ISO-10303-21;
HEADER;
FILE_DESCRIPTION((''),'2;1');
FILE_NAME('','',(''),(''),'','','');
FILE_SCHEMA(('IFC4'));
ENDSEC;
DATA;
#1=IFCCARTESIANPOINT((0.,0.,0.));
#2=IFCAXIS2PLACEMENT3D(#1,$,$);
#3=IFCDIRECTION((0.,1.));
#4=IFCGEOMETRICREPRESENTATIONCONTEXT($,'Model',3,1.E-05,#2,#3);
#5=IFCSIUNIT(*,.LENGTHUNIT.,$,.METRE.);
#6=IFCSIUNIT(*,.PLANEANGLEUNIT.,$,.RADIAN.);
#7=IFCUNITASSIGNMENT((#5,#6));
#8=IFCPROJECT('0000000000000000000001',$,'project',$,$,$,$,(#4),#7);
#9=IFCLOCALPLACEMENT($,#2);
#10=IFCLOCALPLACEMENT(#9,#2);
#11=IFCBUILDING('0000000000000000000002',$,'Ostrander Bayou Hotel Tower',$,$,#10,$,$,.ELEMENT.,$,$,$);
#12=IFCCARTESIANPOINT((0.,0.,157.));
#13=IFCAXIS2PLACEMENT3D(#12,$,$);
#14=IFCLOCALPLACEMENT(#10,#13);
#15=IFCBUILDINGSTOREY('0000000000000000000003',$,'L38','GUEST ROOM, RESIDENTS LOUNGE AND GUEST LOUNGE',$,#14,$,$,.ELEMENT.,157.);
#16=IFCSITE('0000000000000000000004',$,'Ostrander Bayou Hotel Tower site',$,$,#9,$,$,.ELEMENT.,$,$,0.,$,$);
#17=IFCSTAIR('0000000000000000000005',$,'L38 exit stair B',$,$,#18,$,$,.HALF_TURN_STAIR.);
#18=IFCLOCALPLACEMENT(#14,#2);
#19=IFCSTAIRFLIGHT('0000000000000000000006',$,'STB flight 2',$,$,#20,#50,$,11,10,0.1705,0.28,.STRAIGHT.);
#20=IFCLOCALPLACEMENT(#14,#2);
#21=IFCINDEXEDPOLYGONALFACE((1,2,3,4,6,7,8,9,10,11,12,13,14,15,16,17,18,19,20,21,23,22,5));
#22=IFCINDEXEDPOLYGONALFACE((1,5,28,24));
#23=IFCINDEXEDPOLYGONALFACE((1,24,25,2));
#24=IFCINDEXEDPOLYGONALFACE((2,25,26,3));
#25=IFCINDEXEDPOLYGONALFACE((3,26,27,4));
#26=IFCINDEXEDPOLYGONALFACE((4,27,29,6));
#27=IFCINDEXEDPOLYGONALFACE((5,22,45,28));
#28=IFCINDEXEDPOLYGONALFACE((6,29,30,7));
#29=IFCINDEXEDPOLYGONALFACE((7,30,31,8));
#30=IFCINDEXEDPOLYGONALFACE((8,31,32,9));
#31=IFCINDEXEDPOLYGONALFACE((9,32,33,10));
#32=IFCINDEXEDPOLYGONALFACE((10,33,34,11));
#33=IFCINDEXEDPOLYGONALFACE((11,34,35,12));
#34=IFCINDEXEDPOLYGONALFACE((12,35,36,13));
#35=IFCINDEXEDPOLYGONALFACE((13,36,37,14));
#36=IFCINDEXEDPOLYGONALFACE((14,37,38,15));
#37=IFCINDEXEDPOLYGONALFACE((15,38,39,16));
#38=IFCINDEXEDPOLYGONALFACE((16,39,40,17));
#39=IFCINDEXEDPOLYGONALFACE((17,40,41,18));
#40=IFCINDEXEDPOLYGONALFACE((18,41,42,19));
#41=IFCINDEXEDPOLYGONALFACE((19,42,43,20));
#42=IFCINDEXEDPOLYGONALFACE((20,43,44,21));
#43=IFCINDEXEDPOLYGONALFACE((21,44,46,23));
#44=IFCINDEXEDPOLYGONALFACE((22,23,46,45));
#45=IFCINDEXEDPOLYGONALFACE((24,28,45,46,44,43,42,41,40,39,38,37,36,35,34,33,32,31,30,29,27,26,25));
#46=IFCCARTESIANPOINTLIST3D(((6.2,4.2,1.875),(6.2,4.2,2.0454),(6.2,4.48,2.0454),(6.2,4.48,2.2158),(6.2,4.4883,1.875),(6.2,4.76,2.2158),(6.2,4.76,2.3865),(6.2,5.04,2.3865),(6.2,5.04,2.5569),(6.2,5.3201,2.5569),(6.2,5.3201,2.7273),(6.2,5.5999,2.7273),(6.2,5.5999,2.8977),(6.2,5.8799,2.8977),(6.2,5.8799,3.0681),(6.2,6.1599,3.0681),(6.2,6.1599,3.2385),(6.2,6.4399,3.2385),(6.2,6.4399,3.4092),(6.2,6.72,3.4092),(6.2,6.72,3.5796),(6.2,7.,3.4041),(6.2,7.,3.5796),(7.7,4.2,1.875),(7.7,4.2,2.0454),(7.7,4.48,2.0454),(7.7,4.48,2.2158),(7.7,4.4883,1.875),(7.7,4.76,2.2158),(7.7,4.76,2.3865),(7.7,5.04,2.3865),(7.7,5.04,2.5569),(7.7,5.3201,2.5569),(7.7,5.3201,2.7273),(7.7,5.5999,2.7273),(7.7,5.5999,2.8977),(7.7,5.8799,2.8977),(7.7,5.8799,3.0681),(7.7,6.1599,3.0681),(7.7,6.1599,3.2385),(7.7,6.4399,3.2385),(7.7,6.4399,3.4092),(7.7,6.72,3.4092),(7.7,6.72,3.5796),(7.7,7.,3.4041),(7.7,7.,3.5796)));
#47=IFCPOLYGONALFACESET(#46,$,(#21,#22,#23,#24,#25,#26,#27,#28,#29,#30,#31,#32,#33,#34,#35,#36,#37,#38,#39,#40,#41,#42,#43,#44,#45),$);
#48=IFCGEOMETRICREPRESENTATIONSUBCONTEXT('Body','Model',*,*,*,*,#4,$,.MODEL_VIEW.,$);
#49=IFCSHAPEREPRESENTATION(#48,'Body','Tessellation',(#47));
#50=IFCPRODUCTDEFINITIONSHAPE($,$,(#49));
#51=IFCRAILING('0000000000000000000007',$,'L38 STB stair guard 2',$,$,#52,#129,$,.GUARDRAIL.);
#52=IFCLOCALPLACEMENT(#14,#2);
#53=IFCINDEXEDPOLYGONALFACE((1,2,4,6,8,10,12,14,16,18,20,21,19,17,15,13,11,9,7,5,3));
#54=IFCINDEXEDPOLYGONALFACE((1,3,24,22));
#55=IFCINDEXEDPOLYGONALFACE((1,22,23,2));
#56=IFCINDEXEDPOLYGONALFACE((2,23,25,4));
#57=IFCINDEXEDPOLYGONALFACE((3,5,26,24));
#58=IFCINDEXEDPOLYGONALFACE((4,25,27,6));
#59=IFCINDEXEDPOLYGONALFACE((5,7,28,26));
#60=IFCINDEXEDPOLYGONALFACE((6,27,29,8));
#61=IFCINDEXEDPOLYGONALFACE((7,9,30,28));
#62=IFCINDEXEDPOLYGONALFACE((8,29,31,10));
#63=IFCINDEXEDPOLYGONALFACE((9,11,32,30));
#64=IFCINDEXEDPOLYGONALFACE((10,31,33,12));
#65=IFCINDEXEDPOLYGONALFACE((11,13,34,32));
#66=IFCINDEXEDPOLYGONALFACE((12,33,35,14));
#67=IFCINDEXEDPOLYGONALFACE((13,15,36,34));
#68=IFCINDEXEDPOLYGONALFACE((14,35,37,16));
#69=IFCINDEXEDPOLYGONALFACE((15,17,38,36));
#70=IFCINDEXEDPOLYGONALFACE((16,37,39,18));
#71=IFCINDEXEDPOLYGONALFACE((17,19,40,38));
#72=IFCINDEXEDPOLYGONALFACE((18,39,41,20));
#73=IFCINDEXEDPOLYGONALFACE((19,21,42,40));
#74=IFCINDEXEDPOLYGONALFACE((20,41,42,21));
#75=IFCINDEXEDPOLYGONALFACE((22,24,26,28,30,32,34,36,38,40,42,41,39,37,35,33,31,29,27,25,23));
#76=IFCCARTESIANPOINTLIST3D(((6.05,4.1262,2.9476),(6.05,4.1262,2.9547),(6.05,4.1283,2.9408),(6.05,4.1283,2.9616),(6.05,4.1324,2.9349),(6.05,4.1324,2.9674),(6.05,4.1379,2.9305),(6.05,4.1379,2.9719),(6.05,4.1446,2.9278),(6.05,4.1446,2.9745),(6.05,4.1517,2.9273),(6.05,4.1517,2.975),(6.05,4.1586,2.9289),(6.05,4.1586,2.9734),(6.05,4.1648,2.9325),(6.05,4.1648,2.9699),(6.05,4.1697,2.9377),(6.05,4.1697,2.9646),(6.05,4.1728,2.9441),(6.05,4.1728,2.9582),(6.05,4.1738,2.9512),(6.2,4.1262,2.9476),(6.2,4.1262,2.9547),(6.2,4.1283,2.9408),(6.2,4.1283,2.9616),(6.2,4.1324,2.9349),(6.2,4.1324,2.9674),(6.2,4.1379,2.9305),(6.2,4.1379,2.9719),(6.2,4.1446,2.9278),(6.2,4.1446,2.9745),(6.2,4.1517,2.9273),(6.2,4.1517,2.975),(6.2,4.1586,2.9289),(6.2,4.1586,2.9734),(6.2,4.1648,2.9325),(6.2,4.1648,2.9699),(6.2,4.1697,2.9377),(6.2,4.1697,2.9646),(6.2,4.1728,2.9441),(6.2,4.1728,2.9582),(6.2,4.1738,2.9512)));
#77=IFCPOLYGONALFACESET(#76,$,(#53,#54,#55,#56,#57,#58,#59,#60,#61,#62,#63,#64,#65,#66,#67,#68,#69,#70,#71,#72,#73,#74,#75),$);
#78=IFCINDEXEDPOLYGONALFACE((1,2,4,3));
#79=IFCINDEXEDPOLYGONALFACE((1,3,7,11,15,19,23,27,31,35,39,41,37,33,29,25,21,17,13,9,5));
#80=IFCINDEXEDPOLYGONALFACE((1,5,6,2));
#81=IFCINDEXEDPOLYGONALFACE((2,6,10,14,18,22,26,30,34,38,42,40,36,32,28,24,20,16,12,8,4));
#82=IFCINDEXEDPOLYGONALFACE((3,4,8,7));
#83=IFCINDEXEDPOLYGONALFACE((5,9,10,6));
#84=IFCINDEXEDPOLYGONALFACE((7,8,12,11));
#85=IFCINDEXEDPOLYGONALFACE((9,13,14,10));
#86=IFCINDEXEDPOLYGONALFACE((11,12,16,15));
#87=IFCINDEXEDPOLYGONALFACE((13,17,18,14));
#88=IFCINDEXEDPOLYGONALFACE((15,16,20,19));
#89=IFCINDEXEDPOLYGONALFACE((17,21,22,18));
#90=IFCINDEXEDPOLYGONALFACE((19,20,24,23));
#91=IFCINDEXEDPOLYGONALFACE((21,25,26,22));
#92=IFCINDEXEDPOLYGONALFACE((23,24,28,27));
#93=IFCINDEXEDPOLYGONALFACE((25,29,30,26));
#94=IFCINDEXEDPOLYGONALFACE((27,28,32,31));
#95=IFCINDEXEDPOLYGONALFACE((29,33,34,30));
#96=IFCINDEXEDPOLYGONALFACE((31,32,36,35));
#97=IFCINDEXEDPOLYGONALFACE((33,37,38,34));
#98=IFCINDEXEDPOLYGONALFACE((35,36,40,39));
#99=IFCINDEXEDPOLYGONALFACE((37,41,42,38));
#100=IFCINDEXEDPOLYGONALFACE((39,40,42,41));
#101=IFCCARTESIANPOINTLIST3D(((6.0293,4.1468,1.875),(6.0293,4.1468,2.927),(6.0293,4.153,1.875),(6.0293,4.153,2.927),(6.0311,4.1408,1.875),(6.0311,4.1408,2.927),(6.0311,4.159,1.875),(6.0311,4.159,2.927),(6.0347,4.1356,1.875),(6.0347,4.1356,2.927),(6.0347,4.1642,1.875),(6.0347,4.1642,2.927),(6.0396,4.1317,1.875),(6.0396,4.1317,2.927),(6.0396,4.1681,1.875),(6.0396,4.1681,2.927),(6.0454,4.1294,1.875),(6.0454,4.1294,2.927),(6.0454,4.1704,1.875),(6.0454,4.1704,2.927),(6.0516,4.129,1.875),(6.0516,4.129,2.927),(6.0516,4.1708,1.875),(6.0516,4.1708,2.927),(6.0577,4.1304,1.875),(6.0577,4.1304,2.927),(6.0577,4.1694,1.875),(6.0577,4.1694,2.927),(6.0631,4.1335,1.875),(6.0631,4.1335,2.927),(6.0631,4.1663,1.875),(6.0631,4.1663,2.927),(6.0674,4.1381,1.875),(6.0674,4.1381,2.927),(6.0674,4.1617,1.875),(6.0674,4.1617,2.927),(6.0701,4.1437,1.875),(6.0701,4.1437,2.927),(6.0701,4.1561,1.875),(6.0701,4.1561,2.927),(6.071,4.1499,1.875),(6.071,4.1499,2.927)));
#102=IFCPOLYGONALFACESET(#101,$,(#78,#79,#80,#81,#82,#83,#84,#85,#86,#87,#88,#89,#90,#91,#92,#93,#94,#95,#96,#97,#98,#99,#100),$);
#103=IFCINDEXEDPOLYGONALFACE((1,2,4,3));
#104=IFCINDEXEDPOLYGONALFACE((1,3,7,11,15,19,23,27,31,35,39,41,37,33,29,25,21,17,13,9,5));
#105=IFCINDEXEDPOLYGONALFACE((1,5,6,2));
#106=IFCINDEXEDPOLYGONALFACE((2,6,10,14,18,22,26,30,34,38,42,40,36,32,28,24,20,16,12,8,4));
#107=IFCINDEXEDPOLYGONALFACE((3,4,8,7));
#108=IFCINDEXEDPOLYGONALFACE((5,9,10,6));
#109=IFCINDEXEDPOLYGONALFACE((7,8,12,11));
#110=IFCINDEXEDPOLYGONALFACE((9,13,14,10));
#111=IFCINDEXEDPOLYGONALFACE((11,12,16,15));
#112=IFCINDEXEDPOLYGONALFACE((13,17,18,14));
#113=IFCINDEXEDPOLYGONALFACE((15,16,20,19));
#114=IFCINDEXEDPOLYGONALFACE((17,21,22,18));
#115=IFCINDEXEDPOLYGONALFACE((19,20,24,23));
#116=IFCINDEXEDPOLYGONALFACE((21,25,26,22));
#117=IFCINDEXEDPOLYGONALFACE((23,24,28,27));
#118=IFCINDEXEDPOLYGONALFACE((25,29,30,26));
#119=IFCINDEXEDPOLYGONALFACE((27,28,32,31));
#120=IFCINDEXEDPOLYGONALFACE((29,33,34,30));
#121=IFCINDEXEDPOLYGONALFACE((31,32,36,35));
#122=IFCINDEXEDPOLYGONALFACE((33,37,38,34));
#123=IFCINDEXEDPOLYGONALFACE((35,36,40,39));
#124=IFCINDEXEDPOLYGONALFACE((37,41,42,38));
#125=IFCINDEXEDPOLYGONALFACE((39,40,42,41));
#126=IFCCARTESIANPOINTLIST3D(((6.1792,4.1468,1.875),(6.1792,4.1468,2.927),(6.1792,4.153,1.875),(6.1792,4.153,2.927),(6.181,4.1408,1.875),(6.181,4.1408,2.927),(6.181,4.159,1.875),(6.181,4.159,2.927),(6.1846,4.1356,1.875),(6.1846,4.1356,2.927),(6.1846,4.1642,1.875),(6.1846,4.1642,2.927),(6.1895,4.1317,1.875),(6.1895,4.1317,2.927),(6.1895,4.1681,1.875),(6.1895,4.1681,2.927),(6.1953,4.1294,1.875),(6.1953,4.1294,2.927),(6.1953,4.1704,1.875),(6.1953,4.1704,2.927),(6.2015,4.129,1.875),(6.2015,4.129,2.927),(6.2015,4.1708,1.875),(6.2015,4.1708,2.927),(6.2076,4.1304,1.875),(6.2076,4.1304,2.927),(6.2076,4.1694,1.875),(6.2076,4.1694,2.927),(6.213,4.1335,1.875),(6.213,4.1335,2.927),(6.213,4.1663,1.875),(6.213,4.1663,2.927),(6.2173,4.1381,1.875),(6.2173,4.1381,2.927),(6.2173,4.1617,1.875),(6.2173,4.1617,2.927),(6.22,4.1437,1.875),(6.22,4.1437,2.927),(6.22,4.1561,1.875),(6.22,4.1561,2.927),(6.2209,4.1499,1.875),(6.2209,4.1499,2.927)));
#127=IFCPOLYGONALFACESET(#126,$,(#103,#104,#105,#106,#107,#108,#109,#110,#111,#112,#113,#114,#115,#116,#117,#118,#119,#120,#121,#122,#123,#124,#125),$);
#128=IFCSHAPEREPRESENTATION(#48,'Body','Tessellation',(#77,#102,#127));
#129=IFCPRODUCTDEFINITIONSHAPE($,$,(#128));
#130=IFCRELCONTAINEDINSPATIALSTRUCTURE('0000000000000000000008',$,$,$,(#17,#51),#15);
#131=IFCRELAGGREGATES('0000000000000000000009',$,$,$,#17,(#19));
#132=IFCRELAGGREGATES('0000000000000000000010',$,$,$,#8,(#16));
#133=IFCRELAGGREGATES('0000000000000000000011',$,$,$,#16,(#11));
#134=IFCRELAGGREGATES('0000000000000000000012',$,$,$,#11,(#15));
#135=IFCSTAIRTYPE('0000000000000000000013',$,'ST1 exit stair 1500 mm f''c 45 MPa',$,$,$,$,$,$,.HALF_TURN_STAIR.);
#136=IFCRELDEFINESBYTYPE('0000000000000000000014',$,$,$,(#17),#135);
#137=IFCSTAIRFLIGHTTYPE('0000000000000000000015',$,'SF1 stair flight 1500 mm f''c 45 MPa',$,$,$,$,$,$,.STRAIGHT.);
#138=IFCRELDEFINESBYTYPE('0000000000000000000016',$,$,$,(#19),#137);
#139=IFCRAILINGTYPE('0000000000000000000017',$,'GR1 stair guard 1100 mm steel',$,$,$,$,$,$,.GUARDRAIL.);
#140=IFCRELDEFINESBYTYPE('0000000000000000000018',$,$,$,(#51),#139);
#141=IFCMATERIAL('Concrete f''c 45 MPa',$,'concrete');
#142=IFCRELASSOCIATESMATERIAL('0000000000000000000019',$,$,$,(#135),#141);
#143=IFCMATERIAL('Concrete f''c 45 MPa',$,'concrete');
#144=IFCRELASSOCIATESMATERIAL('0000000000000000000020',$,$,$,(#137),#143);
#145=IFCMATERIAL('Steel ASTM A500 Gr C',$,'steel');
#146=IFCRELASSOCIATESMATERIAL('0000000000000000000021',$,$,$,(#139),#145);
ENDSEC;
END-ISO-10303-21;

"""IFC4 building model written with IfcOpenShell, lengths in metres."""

from ifc_helpers import new_model, si_unit, direction, frame, origin, origin_2d, place, context, subcontext, project, spatial, polyline, circle, outline, extrude, material, type_object, element, aggregate, save


model = new_model("IFC4")

# Units and contexts
model_context = context("Model", 3, precision=1e-05, world=origin(), true_north=direction((0.0, 1.0)))
body_context = subcontext(model_context, "Body", "Model", "MODEL_VIEW")
ifc_project = project(units=[si_unit("LENGTHUNIT", "METRE"), si_unit("PLANEANGLEUNIT", "RADIAN")], contexts=[model_context])

# Site, building, storey
site_placement = place(None, origin())
site = spatial("IfcSite", under=ifc_project, at=site_placement, Name="Ostrander Bayou Hotel Tower site", CompositionType="ELEMENT", RefElevation=0.0)
building_placement = place(site_placement, origin())
building = spatial("IfcBuilding", under=site, at=building_placement, Name="Ostrander Bayou Hotel Tower", CompositionType="ELEMENT")
storey_placement = place(building_placement, frame((0.0, 0.0, 157.0)))
storey = spatial("IfcBuildingStorey", under=building, at=storey_placement, Name="L38", Description="GUEST ROOM, RESIDENTS LOUNGE AND GUEST LOUNGE", CompositionType="ELEMENT", Elevation=157.0)

# Stair, stair flight
ifc_material_1 = material(Name="Concrete f'c 45 MPa", Category="concrete")
stair_type = type_object("IfcStairType", Name="ST1 exit stair 1500 mm f'c 45 MPa", PredefinedType="HALF_TURN_STAIR", material=ifc_material_1)
stair_placement = place(storey_placement, origin())
stair = element("IfcStair", 1, at=stair_placement, inside=storey, type_object=stair_type, Name="L38 exit stair B", PredefinedType="HALF_TURN_STAIR")
ifc_material_2 = material(Name="Concrete f'c 45 MPa", Category="concrete")
stair_flight_type = type_object("IfcStairFlightType", Name="SF1 stair flight 1500 mm f'c 45 MPa", PredefinedType="STRAIGHT", material=ifc_material_2)
stair_flight_placement = place(storey_placement, frame((6.95, 4.2, 1.875), z_axis=(0.0, 0.0, 1.0), x_axis=(0.0, 1.0, 0.0)))
stair_flight = element("IfcStairFlight", 2, at=stair_flight_placement, type_object=stair_flight_type, Name="STB flight 2", NumberOfRisers=11, NumberOfTreads=10, PredefinedType="STRAIGHT", RiserHeight=0.1705, TreadLength=0.28, context=body_context, shape_type="SweptSolid", body=[
    extrude(outline(polyline([(0.0, 0.0), (0.0, 0.1704), (0.28, 0.1704), (0.28, 0.3408), (0.5601, 0.3408), (0.5601, 0.5115), (0.8401, 0.5115), (0.8401, 0.6819), (1.1201, 0.6819), (1.1201, 0.8523), (1.3999, 0.8523), (1.3999, 1.0227), (1.6799, 1.0227), (1.6799, 1.1931), (1.96, 1.1931), (1.96, 1.3635), (2.24, 1.3635), (2.24, 1.5342), (2.52, 1.5342), (2.52, 1.7046), (2.8, 1.7046), (2.8, 1.875), (2.8, 1.5291), (0.2883, 0.0), (0.0, 0.0)])), frame((0.0, 0.75, 0.0), z_axis=(0.0, -1.0, 0.0), x_axis=(1.0, 0.0, 0.0)), (0.0, 0.0, 1.0), 1.5),
])
aggregate(stair, [stair_flight])

# Railing
ifc_material_3 = material(Name="Steel ASTM A500 Gr C", Category="steel")
railing_type_1 = type_object("IfcRailingType", Name="GR1 stair guard 1100 mm steel", PredefinedType="GUARDRAIL", material=ifc_material_3)
railing_1_placement = place(storey_placement, frame((6.05, 4.1499, 1.875)))
element("IfcRailing", 3, at=railing_1_placement, inside=storey, type_object=railing_type_1, Name="L38 STB stair guard 2", PredefinedType="GUARDRAIL", context=body_context, shape_type="SweptSolid", body=[
    extrude(circle(Radius=0.0239, at=origin_2d()), frame((0.0, 0.0, 1.0762), z_axis=(1.0, 0.0, 0.0), x_axis=(0.0, 1.0, 0.0)), (0.0, 0.0, 1.0), 0.1499),
    extrude(circle(Radius=0.021, at=origin_2d()), origin(), (0.0, 0.0, 1.0), 1.052),
    extrude(circle(Radius=0.021, at=origin_2d()), frame((0.1499, 0.0, 0.0)), (0.0, 0.0, 1.0), 1.052),
])

save(model, "model.ifc")
